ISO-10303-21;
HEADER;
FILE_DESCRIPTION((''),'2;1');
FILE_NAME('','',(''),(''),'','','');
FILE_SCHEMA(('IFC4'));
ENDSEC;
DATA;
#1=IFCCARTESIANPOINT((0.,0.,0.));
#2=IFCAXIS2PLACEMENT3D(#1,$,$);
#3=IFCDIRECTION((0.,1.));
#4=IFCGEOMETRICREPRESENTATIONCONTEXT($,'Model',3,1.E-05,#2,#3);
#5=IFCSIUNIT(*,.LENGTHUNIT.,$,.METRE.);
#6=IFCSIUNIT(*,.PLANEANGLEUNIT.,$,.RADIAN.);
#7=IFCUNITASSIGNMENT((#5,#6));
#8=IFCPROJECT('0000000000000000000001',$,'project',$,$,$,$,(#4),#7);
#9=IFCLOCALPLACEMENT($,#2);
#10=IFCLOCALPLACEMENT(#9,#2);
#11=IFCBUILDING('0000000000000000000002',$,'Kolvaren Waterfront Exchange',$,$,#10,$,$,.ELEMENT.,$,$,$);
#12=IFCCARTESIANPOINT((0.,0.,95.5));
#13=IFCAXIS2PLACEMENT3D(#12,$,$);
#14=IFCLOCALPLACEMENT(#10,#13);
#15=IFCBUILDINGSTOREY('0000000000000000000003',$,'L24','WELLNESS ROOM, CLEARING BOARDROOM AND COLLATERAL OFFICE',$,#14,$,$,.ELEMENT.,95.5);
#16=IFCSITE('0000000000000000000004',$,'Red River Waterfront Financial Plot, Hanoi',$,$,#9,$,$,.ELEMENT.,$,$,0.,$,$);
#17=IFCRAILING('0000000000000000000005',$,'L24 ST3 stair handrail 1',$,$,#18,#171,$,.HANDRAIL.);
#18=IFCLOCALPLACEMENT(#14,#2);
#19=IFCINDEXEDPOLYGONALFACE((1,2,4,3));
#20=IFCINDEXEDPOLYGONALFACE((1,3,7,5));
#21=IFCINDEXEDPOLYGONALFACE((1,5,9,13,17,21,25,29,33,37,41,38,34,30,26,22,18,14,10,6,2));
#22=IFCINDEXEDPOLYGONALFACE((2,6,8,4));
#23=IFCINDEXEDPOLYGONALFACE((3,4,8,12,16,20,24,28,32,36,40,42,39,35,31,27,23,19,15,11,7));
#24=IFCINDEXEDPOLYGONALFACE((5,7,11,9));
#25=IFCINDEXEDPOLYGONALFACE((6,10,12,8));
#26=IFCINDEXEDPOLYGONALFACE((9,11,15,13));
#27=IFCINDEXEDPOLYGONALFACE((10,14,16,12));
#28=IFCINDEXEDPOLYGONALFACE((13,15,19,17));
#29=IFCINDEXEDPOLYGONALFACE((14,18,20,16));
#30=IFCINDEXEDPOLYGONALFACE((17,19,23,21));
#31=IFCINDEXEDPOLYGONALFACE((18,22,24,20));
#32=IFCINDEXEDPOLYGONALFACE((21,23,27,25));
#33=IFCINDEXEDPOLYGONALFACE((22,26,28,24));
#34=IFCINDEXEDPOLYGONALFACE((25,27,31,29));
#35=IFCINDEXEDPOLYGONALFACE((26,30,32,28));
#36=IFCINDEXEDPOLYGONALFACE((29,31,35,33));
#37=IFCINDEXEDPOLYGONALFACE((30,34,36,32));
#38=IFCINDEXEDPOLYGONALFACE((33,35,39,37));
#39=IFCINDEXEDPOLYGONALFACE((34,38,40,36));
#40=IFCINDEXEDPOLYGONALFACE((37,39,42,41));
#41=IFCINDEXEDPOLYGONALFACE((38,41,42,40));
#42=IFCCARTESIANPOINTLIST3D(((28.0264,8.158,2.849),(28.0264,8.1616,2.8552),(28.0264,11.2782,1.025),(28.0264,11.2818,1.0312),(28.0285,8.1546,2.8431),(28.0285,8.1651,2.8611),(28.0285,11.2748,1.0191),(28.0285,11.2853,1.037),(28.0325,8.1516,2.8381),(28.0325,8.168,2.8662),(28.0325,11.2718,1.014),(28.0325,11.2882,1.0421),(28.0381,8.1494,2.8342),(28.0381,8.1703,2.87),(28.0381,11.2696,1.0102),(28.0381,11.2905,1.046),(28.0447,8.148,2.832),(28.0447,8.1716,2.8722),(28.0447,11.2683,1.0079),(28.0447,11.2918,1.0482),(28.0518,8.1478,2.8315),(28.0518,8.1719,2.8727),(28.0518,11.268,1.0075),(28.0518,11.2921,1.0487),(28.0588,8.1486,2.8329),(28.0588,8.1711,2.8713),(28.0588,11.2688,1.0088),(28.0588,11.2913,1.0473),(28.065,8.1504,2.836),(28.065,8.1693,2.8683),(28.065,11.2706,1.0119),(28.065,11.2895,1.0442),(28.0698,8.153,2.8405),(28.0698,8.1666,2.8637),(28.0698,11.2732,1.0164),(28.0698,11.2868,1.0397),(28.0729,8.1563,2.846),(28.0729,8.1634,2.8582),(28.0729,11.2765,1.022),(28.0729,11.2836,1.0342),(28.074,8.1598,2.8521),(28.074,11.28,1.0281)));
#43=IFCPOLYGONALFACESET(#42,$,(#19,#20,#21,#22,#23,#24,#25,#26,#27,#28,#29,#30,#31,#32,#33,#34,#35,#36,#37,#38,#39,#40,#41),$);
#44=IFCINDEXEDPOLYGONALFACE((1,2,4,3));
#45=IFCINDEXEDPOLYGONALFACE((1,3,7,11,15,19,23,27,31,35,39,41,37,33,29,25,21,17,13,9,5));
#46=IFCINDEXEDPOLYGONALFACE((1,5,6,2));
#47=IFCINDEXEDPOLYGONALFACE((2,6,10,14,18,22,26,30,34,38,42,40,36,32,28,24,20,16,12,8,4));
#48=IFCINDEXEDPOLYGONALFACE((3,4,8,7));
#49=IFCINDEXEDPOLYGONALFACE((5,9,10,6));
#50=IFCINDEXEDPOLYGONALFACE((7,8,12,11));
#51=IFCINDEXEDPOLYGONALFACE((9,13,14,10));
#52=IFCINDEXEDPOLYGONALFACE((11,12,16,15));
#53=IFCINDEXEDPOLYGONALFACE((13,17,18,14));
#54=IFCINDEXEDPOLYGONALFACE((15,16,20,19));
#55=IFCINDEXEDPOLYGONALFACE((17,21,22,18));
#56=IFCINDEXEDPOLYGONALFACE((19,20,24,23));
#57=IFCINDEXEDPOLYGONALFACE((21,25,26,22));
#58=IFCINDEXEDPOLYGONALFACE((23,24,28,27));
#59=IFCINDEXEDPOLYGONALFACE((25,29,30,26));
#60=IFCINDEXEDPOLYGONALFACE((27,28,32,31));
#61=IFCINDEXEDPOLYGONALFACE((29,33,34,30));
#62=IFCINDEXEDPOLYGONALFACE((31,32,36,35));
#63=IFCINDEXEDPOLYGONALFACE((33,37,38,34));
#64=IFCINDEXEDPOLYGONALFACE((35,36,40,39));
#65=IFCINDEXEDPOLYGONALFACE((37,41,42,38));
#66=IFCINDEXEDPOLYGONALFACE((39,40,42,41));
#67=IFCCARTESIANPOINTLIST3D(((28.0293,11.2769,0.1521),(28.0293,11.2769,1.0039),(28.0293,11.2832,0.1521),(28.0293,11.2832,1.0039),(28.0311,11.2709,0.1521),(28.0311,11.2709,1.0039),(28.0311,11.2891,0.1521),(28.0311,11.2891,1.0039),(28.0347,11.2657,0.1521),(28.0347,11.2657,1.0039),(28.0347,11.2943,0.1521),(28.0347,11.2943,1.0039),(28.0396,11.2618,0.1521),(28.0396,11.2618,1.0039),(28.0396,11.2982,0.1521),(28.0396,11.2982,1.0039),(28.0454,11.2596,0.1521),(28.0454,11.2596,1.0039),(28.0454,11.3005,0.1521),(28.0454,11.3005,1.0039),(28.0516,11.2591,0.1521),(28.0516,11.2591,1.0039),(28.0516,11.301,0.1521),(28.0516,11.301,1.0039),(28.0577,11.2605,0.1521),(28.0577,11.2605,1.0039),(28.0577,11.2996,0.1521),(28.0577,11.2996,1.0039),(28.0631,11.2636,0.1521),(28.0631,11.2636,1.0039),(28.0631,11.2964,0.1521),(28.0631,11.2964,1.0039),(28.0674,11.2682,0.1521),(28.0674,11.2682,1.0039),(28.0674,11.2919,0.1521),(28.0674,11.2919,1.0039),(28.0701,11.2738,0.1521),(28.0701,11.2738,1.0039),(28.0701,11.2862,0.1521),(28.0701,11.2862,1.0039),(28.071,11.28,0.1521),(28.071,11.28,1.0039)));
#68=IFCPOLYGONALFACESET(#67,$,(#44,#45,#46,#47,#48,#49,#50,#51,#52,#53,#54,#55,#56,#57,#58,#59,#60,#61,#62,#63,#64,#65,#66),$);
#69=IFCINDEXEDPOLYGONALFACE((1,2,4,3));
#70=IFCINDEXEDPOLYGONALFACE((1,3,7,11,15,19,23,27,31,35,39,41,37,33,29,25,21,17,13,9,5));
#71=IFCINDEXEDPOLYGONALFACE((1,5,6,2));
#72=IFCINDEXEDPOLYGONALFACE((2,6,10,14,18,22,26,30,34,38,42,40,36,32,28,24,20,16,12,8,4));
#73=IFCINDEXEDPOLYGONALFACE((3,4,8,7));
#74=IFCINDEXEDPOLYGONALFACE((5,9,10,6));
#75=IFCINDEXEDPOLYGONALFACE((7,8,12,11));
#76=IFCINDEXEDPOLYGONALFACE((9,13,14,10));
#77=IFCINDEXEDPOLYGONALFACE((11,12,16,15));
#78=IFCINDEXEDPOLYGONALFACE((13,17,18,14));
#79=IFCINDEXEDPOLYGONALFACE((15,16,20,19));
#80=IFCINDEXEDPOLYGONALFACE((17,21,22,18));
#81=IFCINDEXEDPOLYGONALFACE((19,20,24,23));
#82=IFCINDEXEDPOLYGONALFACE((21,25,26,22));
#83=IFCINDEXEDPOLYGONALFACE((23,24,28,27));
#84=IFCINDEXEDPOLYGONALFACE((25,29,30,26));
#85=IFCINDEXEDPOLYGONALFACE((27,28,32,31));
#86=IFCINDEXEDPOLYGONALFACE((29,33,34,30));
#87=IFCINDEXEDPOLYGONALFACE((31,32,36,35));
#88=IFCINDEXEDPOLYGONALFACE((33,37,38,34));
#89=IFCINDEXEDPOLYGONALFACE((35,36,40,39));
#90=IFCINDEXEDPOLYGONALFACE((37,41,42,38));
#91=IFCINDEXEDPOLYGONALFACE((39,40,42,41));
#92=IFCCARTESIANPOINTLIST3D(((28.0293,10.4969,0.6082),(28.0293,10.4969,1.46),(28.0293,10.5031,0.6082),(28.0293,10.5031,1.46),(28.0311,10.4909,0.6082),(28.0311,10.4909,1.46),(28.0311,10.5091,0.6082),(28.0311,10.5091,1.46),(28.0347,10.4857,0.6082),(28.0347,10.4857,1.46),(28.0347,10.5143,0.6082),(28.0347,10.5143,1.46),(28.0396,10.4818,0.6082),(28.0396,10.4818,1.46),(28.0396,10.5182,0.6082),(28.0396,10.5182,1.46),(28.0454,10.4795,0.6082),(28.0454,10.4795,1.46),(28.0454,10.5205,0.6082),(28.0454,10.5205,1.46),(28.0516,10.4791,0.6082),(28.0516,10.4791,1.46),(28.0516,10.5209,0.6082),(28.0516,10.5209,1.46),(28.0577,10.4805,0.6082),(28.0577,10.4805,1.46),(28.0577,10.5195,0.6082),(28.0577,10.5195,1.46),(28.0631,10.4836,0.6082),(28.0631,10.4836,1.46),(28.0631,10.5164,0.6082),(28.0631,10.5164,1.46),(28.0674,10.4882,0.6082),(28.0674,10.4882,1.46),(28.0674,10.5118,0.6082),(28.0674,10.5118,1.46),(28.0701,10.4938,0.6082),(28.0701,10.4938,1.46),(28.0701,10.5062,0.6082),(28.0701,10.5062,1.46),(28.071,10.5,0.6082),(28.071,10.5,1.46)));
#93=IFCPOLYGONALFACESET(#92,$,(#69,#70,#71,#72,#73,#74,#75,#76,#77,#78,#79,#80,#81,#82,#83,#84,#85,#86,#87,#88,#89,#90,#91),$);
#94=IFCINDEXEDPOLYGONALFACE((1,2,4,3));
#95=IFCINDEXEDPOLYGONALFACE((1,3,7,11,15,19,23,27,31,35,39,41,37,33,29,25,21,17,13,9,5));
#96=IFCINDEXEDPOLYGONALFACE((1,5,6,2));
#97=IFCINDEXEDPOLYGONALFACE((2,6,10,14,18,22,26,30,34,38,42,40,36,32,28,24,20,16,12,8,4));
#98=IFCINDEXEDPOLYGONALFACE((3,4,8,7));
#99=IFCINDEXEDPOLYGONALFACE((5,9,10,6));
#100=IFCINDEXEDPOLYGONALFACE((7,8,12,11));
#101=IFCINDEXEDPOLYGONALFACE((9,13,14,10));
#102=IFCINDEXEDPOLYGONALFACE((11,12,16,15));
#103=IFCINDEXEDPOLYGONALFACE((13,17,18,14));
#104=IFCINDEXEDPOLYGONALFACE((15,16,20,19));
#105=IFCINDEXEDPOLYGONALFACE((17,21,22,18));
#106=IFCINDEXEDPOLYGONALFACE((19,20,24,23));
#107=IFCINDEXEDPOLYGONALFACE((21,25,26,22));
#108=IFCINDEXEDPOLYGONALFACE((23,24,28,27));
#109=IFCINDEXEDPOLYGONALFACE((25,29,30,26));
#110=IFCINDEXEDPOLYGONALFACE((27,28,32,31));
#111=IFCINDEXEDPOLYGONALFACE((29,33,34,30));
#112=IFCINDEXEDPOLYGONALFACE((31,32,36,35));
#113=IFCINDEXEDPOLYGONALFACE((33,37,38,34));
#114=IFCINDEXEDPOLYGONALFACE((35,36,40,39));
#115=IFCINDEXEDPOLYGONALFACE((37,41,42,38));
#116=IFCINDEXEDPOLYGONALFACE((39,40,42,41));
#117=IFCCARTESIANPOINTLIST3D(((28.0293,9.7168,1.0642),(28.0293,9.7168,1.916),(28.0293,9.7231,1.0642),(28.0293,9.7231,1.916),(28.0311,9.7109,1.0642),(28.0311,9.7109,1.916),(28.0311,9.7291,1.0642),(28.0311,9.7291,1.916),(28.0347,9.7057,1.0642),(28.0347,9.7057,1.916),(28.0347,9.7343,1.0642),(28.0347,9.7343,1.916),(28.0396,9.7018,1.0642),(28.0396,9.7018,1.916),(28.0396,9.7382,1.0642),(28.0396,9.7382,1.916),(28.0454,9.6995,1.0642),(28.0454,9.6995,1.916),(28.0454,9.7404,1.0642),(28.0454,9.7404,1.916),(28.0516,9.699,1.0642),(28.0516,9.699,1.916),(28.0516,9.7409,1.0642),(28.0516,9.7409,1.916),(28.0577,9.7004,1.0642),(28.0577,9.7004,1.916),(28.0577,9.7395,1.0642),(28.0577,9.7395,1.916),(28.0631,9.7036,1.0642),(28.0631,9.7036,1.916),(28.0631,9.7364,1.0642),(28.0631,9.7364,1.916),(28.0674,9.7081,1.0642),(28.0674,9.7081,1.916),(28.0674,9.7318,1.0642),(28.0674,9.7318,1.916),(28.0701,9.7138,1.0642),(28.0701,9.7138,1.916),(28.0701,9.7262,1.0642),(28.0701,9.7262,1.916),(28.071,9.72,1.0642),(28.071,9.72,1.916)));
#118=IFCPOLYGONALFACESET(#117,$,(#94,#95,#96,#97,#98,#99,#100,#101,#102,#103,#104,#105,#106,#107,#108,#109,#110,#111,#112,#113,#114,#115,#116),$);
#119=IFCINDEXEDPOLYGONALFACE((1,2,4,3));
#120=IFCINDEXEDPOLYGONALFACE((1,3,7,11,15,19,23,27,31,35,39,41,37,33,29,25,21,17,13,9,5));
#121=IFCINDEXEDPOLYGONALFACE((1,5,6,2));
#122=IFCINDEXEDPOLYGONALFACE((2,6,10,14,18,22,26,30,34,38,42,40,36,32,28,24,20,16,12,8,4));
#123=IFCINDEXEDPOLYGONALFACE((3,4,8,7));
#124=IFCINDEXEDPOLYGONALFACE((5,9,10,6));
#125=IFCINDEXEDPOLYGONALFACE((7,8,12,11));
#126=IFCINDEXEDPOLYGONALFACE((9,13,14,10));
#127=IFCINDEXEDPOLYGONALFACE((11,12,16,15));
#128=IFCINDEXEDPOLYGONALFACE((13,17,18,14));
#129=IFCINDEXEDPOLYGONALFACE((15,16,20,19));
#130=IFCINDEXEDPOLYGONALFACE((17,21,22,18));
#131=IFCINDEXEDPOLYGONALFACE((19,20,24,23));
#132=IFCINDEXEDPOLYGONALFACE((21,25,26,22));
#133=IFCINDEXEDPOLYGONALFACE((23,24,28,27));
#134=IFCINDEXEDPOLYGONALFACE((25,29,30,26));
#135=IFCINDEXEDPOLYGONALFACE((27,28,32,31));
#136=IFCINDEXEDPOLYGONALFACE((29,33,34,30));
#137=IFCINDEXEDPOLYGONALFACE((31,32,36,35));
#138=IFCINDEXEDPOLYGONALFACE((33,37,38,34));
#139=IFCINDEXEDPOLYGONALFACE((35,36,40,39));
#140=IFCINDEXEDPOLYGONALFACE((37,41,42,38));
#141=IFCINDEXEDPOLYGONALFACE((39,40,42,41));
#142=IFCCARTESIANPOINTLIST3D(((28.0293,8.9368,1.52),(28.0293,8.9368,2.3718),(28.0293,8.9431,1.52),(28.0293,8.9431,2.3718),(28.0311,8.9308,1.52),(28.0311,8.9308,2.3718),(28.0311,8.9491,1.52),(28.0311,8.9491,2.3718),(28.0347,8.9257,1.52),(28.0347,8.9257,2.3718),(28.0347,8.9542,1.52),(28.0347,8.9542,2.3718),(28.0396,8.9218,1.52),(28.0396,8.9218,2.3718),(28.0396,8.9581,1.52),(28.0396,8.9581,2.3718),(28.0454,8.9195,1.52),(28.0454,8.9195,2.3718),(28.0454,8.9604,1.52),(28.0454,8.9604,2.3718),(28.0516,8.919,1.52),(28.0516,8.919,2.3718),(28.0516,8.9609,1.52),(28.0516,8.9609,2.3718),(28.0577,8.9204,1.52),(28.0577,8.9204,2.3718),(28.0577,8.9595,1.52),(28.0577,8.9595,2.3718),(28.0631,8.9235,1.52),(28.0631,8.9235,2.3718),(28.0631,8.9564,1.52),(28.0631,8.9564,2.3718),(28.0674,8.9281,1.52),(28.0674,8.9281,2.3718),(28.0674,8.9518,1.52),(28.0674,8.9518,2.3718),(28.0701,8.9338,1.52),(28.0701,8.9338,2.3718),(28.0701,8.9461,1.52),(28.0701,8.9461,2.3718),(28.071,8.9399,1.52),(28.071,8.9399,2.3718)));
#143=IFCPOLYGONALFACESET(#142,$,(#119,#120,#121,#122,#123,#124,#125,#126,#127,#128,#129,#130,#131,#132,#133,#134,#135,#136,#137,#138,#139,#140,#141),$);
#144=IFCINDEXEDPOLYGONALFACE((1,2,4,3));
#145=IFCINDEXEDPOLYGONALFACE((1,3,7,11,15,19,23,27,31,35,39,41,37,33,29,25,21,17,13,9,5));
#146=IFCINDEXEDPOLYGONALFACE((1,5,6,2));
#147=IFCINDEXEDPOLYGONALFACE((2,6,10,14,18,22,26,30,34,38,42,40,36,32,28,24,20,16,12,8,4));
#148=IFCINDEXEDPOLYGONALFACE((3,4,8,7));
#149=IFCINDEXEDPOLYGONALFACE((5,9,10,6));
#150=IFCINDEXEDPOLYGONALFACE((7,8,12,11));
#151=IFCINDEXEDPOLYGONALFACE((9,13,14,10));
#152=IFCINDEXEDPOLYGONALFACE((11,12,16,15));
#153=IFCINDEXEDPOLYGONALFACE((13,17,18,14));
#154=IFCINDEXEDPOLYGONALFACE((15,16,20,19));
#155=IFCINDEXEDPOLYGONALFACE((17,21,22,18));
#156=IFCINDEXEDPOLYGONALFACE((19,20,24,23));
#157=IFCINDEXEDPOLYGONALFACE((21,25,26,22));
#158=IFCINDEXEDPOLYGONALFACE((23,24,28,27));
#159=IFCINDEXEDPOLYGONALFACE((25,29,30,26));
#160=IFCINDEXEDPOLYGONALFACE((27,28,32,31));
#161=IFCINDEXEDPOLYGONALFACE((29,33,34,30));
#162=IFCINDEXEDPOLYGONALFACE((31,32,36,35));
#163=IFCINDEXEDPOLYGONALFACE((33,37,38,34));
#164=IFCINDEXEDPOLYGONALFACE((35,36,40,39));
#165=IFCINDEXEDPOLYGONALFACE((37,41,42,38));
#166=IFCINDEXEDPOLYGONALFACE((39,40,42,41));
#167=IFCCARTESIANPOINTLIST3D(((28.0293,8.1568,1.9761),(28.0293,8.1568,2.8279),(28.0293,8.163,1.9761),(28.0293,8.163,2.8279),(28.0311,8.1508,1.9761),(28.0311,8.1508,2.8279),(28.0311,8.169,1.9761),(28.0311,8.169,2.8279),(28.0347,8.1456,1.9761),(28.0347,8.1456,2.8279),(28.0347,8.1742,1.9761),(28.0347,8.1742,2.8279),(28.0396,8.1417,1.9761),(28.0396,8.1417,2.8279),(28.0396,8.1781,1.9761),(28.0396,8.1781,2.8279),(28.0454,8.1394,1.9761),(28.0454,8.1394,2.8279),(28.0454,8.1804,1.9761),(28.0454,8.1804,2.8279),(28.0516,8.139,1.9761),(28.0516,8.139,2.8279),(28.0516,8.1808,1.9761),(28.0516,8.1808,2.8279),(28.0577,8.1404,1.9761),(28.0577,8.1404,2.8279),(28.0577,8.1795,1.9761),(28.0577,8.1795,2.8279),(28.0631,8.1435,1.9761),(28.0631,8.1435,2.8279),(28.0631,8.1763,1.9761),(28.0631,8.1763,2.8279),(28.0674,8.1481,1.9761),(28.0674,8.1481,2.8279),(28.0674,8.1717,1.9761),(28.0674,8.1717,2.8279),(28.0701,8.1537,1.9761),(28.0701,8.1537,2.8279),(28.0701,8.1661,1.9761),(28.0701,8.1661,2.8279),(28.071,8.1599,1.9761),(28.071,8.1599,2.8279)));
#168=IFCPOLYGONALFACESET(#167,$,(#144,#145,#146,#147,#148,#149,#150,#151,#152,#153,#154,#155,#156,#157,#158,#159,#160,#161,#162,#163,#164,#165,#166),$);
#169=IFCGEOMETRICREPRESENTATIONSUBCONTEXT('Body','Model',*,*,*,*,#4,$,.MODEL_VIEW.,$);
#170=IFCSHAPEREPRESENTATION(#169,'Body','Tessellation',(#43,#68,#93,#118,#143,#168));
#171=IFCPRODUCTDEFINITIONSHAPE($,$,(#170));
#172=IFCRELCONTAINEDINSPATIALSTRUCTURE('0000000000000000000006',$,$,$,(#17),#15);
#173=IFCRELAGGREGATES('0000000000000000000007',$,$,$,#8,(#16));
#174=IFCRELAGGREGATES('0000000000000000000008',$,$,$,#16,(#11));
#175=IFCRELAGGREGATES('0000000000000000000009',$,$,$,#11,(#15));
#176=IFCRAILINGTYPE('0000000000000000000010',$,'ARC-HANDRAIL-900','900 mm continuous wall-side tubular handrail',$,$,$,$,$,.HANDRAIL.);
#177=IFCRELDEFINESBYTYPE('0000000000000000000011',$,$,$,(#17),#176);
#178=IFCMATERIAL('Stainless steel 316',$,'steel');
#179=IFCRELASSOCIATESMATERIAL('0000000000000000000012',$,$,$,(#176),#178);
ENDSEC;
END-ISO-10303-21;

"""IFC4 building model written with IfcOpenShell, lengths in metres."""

from ifc_helpers import new_model, si_unit, direction, frame, origin, origin_2d, place, context, subcontext, project, spatial, circle, extrude, material, type_object, element, save


model = new_model("IFC4")

# Units and contexts
model_context = context("Model", 3, precision=1e-05, world=origin(), true_north=direction((0.0, 1.0)))
body_context = subcontext(model_context, "Body", "Model", "MODEL_VIEW")
ifc_project = project(units=[si_unit("LENGTHUNIT", "METRE"), si_unit("PLANEANGLEUNIT", "RADIAN")], contexts=[model_context])

# Site, building, storey
site_placement = place(None, origin())
site = spatial("IfcSite", under=ifc_project, at=site_placement, Name="Red River Waterfront Financial Plot, Hanoi", CompositionType="ELEMENT", RefElevation=0.0)
building_placement = place(site_placement, origin())
building = spatial("IfcBuilding", under=site, at=building_placement, Name="Kolvaren Waterfront Exchange", CompositionType="ELEMENT")
storey_placement = place(building_placement, frame((0.0, 0.0, 95.5)))
storey = spatial("IfcBuildingStorey", under=building, at=storey_placement, Name="L24", Description="WELLNESS ROOM, CLEARING BOARDROOM AND COLLATERAL OFFICE", CompositionType="ELEMENT", Elevation=95.5)

# Railing
ifc_material_1 = material(Name="Stainless steel 316", Category="steel")
railing_type = type_object("IfcRailingType", Name="ARC-HANDRAIL-900", Description="900 mm continuous wall-side tubular handrail", PredefinedType="HANDRAIL", material=ifc_material_1)
railing_1_placement = place(storey_placement, frame((28.05, 11.28, 0.1521)))
element("IfcRailing", 1, at=railing_1_placement, inside=storey, type_object=railing_type, Name="L24 ST3 stair handrail 1", PredefinedType="HANDRAIL", context=body_context, shape_type="SweptSolid", body=[
    extrude(circle(Radius=0.0239, at=origin_2d()), frame((0.0, 0.0, 0.876), z_axis=(0.0, -0.863308, 0.504677), x_axis=(1.0, 0.0, 0.0)), (0.0, 0.0, 1.0), 3.6143),
    extrude(circle(Radius=0.021, at=origin_2d()), origin(), (0.0, 0.0, 1.0), 0.8518),
    extrude(circle(Radius=0.021, at=origin_2d()), frame((0.0, -0.78, 0.4561)), (0.0, 0.0, 1.0), 0.8518),
    extrude(circle(Radius=0.021, at=origin_2d()), frame((0.0, -1.5601, 0.9121)), (0.0, 0.0, 1.0), 0.8518),
    extrude(circle(Radius=0.021, at=origin_2d()), frame((0.0, -2.3401, 1.3679)), (0.0, 0.0, 1.0), 0.8518),
    extrude(circle(Radius=0.021, at=origin_2d()), frame((0.0, -3.1201, 1.824)), (0.0, 0.0, 1.0), 0.8518),
])

save(model, "model.ifc")
